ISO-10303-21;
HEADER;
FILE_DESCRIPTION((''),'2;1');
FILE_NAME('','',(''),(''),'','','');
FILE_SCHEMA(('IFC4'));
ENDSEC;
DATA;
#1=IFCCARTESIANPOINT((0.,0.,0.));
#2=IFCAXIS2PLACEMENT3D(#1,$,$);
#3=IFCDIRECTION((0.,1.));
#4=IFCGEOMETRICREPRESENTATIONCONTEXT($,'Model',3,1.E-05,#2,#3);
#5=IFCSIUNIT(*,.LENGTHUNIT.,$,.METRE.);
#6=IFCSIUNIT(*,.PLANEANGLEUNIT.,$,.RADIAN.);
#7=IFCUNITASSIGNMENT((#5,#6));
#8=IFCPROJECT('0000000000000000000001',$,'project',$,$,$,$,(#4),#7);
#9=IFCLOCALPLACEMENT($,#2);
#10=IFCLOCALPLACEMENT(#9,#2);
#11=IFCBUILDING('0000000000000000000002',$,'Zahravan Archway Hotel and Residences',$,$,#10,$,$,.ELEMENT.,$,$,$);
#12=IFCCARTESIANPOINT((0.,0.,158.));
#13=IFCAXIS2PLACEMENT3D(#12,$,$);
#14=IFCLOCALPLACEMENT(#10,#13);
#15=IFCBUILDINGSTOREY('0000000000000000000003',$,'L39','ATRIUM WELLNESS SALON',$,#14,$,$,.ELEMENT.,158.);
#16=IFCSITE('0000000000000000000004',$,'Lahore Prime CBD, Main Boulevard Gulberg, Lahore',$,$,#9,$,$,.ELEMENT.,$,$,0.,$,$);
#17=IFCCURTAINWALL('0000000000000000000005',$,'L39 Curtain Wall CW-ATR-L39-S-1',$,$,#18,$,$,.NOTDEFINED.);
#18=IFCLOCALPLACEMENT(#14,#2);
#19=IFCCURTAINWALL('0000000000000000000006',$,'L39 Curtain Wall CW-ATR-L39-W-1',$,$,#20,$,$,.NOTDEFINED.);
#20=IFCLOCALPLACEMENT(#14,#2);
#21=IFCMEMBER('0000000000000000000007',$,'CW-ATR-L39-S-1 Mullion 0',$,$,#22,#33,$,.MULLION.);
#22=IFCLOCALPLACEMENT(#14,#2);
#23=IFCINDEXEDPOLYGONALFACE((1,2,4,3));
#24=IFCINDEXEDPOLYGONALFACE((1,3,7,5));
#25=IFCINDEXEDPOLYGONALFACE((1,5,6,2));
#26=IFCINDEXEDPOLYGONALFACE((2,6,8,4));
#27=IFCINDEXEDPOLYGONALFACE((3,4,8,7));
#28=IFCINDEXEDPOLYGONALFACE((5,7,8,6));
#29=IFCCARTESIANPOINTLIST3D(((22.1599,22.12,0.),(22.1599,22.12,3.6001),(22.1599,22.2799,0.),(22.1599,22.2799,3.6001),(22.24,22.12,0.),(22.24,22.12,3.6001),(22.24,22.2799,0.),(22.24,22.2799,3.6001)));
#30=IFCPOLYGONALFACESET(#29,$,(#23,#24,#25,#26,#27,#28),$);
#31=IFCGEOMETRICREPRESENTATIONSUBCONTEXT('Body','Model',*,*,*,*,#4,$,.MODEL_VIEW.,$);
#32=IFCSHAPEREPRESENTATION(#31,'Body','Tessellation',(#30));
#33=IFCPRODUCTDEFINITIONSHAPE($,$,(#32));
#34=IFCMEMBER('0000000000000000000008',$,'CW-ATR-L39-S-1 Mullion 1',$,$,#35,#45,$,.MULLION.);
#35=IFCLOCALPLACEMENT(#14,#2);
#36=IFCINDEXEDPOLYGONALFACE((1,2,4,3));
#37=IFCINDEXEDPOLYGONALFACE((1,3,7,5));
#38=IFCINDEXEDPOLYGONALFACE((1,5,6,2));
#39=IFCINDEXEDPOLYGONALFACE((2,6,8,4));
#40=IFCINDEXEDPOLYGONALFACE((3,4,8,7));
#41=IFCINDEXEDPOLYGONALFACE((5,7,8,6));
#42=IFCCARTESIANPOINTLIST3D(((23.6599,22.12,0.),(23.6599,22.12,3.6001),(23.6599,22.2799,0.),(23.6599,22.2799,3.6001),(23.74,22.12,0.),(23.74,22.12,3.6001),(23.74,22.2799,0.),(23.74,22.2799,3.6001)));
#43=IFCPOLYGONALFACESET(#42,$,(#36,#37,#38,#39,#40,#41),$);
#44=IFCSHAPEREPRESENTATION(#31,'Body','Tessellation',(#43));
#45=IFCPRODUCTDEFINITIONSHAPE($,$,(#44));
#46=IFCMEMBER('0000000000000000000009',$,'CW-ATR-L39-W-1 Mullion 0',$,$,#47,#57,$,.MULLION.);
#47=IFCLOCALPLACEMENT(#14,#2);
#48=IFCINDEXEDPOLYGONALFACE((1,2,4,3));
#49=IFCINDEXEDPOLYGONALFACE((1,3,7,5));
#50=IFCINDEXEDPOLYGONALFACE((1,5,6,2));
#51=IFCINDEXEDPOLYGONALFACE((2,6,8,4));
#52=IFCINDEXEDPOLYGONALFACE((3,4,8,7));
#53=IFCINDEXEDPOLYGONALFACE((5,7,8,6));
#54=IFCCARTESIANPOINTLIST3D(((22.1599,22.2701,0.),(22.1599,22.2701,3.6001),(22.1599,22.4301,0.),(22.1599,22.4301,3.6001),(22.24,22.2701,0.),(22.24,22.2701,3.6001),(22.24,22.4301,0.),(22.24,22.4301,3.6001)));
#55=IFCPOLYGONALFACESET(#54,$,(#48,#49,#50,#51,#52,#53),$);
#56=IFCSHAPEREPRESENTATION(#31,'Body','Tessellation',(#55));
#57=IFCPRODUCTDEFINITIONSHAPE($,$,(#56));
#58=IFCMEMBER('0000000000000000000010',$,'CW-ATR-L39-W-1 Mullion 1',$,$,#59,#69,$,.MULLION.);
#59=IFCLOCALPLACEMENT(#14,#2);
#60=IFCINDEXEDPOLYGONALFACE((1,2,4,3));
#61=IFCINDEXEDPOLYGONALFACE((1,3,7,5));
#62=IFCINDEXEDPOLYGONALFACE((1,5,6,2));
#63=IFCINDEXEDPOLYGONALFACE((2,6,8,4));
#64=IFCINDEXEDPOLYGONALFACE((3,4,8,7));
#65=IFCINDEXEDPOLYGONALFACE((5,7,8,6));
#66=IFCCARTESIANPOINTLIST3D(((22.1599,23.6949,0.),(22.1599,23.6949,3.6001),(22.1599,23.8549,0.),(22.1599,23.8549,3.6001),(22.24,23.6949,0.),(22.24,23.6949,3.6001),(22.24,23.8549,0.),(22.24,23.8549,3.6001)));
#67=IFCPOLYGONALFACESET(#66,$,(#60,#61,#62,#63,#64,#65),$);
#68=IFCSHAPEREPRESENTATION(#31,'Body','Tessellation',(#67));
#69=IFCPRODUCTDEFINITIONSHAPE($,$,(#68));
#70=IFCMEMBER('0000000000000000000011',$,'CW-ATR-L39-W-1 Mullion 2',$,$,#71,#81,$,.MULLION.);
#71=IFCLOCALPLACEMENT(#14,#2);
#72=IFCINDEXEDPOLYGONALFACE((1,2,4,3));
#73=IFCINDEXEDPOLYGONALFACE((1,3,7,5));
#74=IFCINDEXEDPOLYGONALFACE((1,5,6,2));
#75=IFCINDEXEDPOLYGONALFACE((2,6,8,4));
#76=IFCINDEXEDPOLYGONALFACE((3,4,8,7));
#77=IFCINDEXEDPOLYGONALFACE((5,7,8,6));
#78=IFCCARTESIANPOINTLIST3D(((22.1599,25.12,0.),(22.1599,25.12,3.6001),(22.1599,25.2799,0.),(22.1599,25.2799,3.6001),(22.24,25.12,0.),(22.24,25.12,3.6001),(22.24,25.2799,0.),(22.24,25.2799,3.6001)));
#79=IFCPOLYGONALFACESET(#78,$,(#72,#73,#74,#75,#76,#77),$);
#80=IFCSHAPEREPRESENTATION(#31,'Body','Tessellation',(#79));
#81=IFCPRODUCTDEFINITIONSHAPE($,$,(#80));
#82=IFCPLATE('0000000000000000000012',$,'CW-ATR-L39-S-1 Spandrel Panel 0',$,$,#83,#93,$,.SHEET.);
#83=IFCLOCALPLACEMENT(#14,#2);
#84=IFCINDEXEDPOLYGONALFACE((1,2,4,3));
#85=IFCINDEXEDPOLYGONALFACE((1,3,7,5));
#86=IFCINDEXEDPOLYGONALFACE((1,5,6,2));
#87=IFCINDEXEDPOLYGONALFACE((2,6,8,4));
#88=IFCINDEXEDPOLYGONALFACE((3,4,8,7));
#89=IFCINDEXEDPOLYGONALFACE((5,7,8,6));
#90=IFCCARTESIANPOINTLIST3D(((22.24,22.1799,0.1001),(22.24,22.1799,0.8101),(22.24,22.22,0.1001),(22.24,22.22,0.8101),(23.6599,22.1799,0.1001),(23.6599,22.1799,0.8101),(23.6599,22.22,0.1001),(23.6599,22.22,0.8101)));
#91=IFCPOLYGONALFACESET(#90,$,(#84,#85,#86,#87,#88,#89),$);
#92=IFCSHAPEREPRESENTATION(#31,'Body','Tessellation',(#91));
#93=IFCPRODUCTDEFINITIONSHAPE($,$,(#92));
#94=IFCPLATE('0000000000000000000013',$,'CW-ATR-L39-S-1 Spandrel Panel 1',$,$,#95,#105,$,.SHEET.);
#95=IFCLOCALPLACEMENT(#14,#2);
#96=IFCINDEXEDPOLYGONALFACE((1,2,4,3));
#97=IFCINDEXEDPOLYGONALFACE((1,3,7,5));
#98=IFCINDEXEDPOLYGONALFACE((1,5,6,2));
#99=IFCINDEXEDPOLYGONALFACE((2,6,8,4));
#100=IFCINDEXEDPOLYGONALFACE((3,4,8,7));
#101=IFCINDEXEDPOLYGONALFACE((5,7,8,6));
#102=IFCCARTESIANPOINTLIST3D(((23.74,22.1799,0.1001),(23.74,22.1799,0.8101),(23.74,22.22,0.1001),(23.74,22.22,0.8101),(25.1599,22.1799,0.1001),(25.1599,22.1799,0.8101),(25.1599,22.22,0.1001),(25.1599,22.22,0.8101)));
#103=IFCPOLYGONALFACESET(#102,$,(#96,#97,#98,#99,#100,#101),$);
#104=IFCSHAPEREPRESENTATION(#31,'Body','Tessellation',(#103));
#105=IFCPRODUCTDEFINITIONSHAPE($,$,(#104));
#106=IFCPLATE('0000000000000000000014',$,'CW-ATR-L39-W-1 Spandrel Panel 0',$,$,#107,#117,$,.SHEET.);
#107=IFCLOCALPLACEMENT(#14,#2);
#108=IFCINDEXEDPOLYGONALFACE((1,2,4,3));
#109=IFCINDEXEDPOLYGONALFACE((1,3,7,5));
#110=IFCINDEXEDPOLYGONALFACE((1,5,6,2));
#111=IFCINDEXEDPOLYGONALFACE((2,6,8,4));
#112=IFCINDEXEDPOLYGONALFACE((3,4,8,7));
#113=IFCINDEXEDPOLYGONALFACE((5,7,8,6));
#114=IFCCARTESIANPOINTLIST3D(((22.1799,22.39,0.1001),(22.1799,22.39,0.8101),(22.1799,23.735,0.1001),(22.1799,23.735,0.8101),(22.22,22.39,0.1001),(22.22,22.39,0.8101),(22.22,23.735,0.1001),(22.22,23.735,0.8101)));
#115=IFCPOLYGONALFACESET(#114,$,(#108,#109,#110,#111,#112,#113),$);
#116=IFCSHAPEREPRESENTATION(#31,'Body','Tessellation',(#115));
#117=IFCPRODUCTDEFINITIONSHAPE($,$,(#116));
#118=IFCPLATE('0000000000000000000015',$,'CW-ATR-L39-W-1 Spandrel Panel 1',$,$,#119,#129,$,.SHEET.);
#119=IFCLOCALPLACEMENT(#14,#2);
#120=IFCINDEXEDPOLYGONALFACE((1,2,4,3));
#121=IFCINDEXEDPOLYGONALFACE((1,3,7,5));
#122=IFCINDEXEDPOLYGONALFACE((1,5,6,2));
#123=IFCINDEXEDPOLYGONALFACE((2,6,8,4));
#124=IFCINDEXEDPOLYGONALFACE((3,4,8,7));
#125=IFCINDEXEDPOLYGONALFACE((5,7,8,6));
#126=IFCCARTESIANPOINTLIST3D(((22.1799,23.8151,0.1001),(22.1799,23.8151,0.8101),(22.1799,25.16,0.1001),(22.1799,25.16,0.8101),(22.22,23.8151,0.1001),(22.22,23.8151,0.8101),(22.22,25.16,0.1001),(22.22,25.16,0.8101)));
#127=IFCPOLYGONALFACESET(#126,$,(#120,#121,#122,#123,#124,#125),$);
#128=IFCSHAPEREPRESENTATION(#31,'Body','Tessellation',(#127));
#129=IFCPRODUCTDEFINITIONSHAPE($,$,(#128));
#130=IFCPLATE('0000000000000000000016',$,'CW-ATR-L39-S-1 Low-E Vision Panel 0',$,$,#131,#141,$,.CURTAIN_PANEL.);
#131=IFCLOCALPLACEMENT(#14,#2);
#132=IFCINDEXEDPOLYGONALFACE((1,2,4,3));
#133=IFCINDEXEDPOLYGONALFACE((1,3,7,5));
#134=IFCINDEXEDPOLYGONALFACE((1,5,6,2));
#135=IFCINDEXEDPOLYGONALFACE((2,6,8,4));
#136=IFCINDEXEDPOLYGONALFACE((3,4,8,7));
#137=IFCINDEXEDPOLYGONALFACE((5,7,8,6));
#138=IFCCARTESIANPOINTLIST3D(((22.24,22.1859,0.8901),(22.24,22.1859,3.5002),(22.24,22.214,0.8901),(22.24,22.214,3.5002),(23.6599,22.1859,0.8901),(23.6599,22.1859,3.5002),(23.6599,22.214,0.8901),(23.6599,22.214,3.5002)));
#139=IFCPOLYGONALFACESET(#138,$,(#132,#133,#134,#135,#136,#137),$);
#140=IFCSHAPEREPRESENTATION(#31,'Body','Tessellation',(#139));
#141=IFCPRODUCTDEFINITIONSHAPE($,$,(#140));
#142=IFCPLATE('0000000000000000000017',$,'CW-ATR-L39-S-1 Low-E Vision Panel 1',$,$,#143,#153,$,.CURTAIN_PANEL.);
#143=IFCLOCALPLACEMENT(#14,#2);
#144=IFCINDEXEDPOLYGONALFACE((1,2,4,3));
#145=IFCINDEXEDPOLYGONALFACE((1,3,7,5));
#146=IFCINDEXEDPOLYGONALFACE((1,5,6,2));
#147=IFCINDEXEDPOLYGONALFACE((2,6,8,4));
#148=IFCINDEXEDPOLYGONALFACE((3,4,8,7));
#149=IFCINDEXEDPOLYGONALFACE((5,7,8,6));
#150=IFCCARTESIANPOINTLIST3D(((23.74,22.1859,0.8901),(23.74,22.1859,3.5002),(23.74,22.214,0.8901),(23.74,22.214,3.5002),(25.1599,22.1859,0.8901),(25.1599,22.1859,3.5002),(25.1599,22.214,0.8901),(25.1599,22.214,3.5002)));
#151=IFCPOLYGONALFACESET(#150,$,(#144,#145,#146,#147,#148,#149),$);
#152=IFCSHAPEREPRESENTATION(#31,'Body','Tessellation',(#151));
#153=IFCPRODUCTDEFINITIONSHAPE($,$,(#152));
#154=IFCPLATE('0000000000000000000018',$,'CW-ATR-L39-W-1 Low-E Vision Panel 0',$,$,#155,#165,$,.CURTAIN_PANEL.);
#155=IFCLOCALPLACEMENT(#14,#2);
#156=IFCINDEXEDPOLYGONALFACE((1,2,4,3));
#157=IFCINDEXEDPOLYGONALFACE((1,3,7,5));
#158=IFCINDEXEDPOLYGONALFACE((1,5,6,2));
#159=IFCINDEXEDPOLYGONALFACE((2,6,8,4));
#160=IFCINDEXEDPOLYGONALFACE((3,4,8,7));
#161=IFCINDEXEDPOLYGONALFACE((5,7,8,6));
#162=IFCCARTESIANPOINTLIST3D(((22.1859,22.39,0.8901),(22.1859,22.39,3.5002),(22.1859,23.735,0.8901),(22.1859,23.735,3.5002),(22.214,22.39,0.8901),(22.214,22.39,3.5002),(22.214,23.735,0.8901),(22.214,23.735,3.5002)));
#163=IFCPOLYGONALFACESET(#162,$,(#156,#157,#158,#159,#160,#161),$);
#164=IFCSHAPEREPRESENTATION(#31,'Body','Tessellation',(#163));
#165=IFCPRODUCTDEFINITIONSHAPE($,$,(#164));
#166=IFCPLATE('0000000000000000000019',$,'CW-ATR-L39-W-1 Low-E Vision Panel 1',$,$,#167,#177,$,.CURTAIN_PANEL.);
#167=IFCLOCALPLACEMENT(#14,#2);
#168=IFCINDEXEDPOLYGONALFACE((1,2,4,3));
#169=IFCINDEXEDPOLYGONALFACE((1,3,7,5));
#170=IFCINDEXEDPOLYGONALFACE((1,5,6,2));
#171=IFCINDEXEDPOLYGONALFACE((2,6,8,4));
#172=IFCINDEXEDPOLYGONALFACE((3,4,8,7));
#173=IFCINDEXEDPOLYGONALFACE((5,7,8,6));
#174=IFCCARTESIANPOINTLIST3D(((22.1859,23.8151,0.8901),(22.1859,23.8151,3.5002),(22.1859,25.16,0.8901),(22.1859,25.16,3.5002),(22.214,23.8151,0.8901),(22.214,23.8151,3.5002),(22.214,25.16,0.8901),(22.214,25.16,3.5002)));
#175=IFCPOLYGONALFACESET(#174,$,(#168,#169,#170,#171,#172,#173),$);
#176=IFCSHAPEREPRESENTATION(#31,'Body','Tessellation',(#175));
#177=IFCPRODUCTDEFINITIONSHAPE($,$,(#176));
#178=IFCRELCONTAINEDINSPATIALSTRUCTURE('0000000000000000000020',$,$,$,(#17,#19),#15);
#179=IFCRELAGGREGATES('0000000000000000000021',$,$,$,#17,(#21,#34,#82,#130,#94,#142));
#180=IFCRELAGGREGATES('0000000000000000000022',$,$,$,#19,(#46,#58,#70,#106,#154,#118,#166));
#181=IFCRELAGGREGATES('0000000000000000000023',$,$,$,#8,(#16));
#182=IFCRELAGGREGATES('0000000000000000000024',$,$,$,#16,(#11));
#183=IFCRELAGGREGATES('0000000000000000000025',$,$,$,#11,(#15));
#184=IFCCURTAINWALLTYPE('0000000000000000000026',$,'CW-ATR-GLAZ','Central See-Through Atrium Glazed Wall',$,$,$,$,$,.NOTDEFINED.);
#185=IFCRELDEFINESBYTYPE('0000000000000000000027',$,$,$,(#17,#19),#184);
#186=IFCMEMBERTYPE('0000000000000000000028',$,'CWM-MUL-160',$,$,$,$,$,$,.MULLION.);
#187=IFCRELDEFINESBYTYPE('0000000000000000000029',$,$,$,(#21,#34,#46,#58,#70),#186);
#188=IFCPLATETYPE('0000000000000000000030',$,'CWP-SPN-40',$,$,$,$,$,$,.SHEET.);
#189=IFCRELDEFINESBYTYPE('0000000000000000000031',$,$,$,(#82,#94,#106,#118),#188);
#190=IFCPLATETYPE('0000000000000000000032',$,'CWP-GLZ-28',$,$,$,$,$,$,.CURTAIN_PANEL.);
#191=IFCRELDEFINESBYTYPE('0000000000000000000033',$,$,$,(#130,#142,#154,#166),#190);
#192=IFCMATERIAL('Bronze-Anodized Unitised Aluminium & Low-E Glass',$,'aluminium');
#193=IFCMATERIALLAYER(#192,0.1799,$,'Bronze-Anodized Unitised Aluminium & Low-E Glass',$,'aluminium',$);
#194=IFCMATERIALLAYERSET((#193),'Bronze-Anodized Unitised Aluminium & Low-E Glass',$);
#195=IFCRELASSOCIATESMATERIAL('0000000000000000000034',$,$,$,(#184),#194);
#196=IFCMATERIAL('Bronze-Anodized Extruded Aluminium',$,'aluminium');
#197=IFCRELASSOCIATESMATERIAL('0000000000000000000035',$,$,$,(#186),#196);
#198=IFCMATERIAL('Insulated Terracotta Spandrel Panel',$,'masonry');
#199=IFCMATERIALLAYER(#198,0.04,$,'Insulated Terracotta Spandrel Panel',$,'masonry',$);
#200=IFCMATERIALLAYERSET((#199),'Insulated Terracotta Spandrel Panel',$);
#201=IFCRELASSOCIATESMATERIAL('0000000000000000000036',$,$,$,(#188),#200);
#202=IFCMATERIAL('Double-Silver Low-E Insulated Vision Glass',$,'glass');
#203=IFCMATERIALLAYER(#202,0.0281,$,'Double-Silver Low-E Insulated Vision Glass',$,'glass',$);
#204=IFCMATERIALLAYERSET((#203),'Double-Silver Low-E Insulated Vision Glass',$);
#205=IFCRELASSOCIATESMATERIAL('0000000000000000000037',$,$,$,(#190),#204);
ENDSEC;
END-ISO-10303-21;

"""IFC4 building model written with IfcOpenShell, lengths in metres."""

from ifc_helpers import new_model, si_unit, direction, frame, origin, origin_2d, place, context, subcontext, project, spatial, rectangle, extrude, source, transform, mapped, material, layer, layer_set, material_profile, profile_set, type_object, element, aggregate, save


model = new_model("IFC4")

# Units and contexts
model_context = context("Model", 3, precision=1e-05, world=origin(), true_north=direction((0.0, 1.0)))
body_context = subcontext(model_context, "Body", "Model", "MODEL_VIEW")
ifc_project = project(units=[si_unit("LENGTHUNIT", "METRE"), si_unit("PLANEANGLEUNIT", "RADIAN")], contexts=[model_context])

# Site, building, storey
site_placement = place(None, origin())
site = spatial("IfcSite", under=ifc_project, at=site_placement, Name="Lahore Prime CBD, Main Boulevard Gulberg, Lahore", CompositionType="ELEMENT", RefElevation=0.0)
building_placement = place(site_placement, origin())
building = spatial("IfcBuilding", under=site, at=building_placement, Name="Zahravan Archway Hotel and Residences", CompositionType="ELEMENT")
storey_placement = place(building_placement, frame((0.0, 0.0, 158.0)))
storey = spatial("IfcBuildingStorey", under=building, at=storey_placement, Name="L39", Description="ATRIUM WELLNESS SALON", CompositionType="ELEMENT", Elevation=158.0)

# Curtain walls
ifc_material_1 = material(Name="Bronze-Anodized Unitised Aluminium & Low-E Glass", Category="aluminium")
ifc_layer_1 = layer(ifc_material_1, 0.1799, Name="Bronze-Anodized Unitised Aluminium & Low-E Glass", Category="aluminium")
ifc_layer_set_1 = layer_set([ifc_layer_1], Name="Bronze-Anodized Unitised Aluminium & Low-E Glass")
curtain_wall_type = type_object("IfcCurtainWallType", Name="CW-ATR-GLAZ", Description="Central See-Through Atrium Glazed Wall", PredefinedType="NOTDEFINED", material=ifc_layer_set_1)
curtain_wall_1_placement = place(storey_placement, origin())
curtain_wall_1 = element("IfcCurtainWall", 1, at=curtain_wall_1_placement, inside=storey, type_object=curtain_wall_type, Name="L39 Curtain Wall CW-ATR-L39-S-1", PredefinedType="NOTDEFINED")
ifc_material_2 = material(Name="Bronze-Anodized Extruded Aluminium", Category="aluminium")
curtain_wall_2_placement = place(storey_placement, origin())
curtain_wall_2 = element("IfcCurtainWall", 2, at=curtain_wall_2_placement, inside=storey, type_object=curtain_wall_type, Name="L39 Curtain Wall CW-ATR-L39-W-1", PredefinedType="NOTDEFINED")

# Members
ifc_material_profile_1 = material_profile(ifc_material_2, rectangle(XDim=0.0801, YDim=0.1599, at=origin_2d()), Name="MUL 80x160", Category="aluminium")
ifc_profile_set_1 = profile_set([ifc_material_profile_1], Name="Bronze-Anodized Extruded Aluminium")
member_type_1 = type_object("IfcMemberType", Name="CWM-MUL-160", PredefinedType="MULLION", material=ifc_profile_set_1)
shared_shape_1 = source(origin(), body_context, "Body", "SweptSolid", [
    extrude(rectangle(XDim=0.0801, YDim=0.1599, at=origin_2d()), origin(), (0.0, 0.0, 1.0), 3.6001),
])
member_1_placement = place(storey_placement, frame((22.2, 22.2, 0.0), z_axis=(0.0, 0.0, 1.0), x_axis=(1.0, 0.0, 0.0)))
member_1 = element("IfcMember", 3, at=member_1_placement, type_object=member_type_1, Name="CW-ATR-L39-S-1 Mullion 0", PredefinedType="MULLION", context=body_context, shape_type="MappedRepresentation", body=[
    mapped(shared_shape_1, transform((0.0, 0.0, 0.0), scale=1.0)),
])
member_2_placement = place(storey_placement, frame((23.7, 22.2, 0.0), z_axis=(0.0, 0.0, 1.0), x_axis=(1.0, 0.0, 0.0)))
member_2 = element("IfcMember", 4, at=member_2_placement, type_object=member_type_1, Name="CW-ATR-L39-S-1 Mullion 1", PredefinedType="MULLION", context=body_context, shape_type="MappedRepresentation", body=[
    mapped(shared_shape_1, transform((0.0, 0.0, 0.0), scale=1.0)),
])
member_3_placement = place(storey_placement, frame((22.2, 22.3501, 0.0), z_axis=(0.0, 0.0, 1.0), x_axis=(1.0, 0.0, 0.0)))
member_3 = element("IfcMember", 5, at=member_3_placement, type_object=member_type_1, Name="CW-ATR-L39-W-1 Mullion 0", PredefinedType="MULLION", context=body_context, shape_type="MappedRepresentation", body=[
    mapped(shared_shape_1, transform((0.0, 0.0, 0.0), scale=1.0)),
])
member_4_placement = place(storey_placement, frame((22.2, 23.7749, 0.0), z_axis=(0.0, 0.0, 1.0), x_axis=(1.0, 0.0, 0.0)))
member_4 = element("IfcMember", 6, at=member_4_placement, type_object=member_type_1, Name="CW-ATR-L39-W-1 Mullion 1", PredefinedType="MULLION", context=body_context, shape_type="MappedRepresentation", body=[
    mapped(shared_shape_1, transform((0.0, 0.0, 0.0), scale=1.0)),
])
member_5_placement = place(storey_placement, frame((22.2, 25.2, 0.0), z_axis=(0.0, 0.0, 1.0), x_axis=(1.0, 0.0, 0.0)))
member_5 = element("IfcMember", 7, at=member_5_placement, type_object=member_type_1, Name="CW-ATR-L39-W-1 Mullion 2", PredefinedType="MULLION", context=body_context, shape_type="MappedRepresentation", body=[
    mapped(shared_shape_1, transform((0.0, 0.0, 0.0), scale=1.0)),
])

# Plates
ifc_material_3 = material(Name="Insulated Terracotta Spandrel Panel", Category="masonry")
ifc_layer_2 = layer(ifc_material_3, 0.04, Name="Insulated Terracotta Spandrel Panel", Category="masonry")
ifc_layer_set_2 = layer_set([ifc_layer_2], Name="Insulated Terracotta Spandrel Panel")
plate_type_1 = type_object("IfcPlateType", Name="CWP-SPN-40", PredefinedType="SHEET", material=ifc_layer_set_2)
shared_shape_2 = source(origin(), body_context, "Body", "SweptSolid", [
    extrude(rectangle(XDim=1.4199, YDim=0.04, at=origin_2d()), origin(), (0.0, 0.0, 1.0), 0.71),
])
plate_1_placement = place(storey_placement, frame((22.95, 22.2, 0.1001), z_axis=(0.0, 0.0, 1.0), x_axis=(1.0, 0.0, 0.0)))
plate_1 = element("IfcPlate", 8, at=plate_1_placement, type_object=plate_type_1, Name="CW-ATR-L39-S-1 Spandrel Panel 0", PredefinedType="SHEET", context=body_context, shape_type="MappedRepresentation", body=[
    mapped(shared_shape_2, transform((0.0, 0.0, 0.0), scale=1.0)),
])
plate_2_placement = place(storey_placement, frame((24.45, 22.2, 0.1001), z_axis=(0.0, 0.0, 1.0), x_axis=(1.0, 0.0, 0.0)))
plate_2 = element("IfcPlate", 9, at=plate_2_placement, type_object=plate_type_1, Name="CW-ATR-L39-S-1 Spandrel Panel 1", PredefinedType="SHEET", context=body_context, shape_type="MappedRepresentation", body=[
    mapped(shared_shape_2, transform((0.0, 0.0, 0.0), scale=1.0)),
])
shared_shape_3 = source(origin(), body_context, "Body", "SweptSolid", [
    extrude(rectangle(XDim=1.345, YDim=0.04, at=origin_2d()), origin(), (0.0, 0.0, 1.0), 0.71),
])
plate_3_placement = place(storey_placement, frame((22.2, 23.0625, 0.1001), z_axis=(0.0, 0.0, 1.0), x_axis=(0.0, 1.0, 0.0)))
plate_3 = element("IfcPlate", 10, at=plate_3_placement, type_object=plate_type_1, Name="CW-ATR-L39-W-1 Spandrel Panel 0", PredefinedType="SHEET", context=body_context, shape_type="MappedRepresentation", body=[
    mapped(shared_shape_3, transform((0.0, 0.0, 0.0), scale=1.0)),
])
plate_4_placement = place(storey_placement, frame((22.2, 24.4875, 0.1001), z_axis=(0.0, 0.0, 1.0), x_axis=(0.0, 1.0, 0.0)))
plate_4 = element("IfcPlate", 11, at=plate_4_placement, type_object=plate_type_1, Name="CW-ATR-L39-W-1 Spandrel Panel 1", PredefinedType="SHEET", context=body_context, shape_type="MappedRepresentation", body=[
    mapped(shared_shape_3, transform((0.0, 0.0, 0.0), scale=1.0)),
])
ifc_material_4 = material(Name="Double-Silver Low-E Insulated Vision Glass", Category="glass")
ifc_layer_3 = layer(ifc_material_4, 0.0281, Name="Double-Silver Low-E Insulated Vision Glass", Category="glass")
ifc_layer_set_3 = layer_set([ifc_layer_3], Name="Double-Silver Low-E Insulated Vision Glass")
plate_type_2 = type_object("IfcPlateType", Name="CWP-GLZ-28", PredefinedType="CURTAIN_PANEL", material=ifc_layer_set_3)
shared_shape_4 = source(origin(), body_context, "Body", "SweptSolid", [
    extrude(rectangle(XDim=1.4199, YDim=0.0281, at=origin_2d()), origin(), (0.0, 0.0, 1.0), 2.6101),
])
plate_5_placement = place(storey_placement, frame((22.95, 22.2, 0.8901), z_axis=(0.0, 0.0, 1.0), x_axis=(1.0, 0.0, 0.0)))
plate_5 = element("IfcPlate", 12, at=plate_5_placement, type_object=plate_type_2, Name="CW-ATR-L39-S-1 Low-E Vision Panel 0", PredefinedType="CURTAIN_PANEL", context=body_context, shape_type="MappedRepresentation", body=[
    mapped(shared_shape_4, transform((0.0, 0.0, 0.0), scale=1.0)),
])
plate_6_placement = place(storey_placement, frame((24.45, 22.2, 0.8901), z_axis=(0.0, 0.0, 1.0), x_axis=(1.0, 0.0, 0.0)))
plate_6 = element("IfcPlate", 13, at=plate_6_placement, type_object=plate_type_2, Name="CW-ATR-L39-S-1 Low-E Vision Panel 1", PredefinedType="CURTAIN_PANEL", context=body_context, shape_type="MappedRepresentation", body=[
    mapped(shared_shape_4, transform((0.0, 0.0, 0.0), scale=1.0)),
])
aggregate(curtain_wall_1, [member_1, member_2, plate_1, plate_5, plate_2, plate_6])
shared_shape_5 = source(origin(), body_context, "Body", "SweptSolid", [
    extrude(rectangle(XDim=1.345, YDim=0.0281, at=origin_2d()), origin(), (0.0, 0.0, 1.0), 2.6101),
])
plate_7_placement = place(storey_placement, frame((22.2, 23.0625, 0.8901), z_axis=(0.0, 0.0, 1.0), x_axis=(0.0, 1.0, 0.0)))
plate_7 = element("IfcPlate", 14, at=plate_7_placement, type_object=plate_type_2, Name="CW-ATR-L39-W-1 Low-E Vision Panel 0", PredefinedType="CURTAIN_PANEL", context=body_context, shape_type="MappedRepresentation", body=[
    mapped(shared_shape_5, transform((0.0, 0.0, 0.0), scale=1.0)),
])
plate_8_placement = place(storey_placement, frame((22.2, 24.4875, 0.8901), z_axis=(0.0, 0.0, 1.0), x_axis=(0.0, 1.0, 0.0)))
plate_8 = element("IfcPlate", 15, at=plate_8_placement, type_object=plate_type_2, Name="CW-ATR-L39-W-1 Low-E Vision Panel 1", PredefinedType="CURTAIN_PANEL", context=body_context, shape_type="MappedRepresentation", body=[
    mapped(shared_shape_5, transform((0.0, 0.0, 0.0), scale=1.0)),
])
aggregate(curtain_wall_2, [member_3, member_4, member_5, plate_3, plate_7, plate_4, plate_8])

save(model, "model.ifc")
